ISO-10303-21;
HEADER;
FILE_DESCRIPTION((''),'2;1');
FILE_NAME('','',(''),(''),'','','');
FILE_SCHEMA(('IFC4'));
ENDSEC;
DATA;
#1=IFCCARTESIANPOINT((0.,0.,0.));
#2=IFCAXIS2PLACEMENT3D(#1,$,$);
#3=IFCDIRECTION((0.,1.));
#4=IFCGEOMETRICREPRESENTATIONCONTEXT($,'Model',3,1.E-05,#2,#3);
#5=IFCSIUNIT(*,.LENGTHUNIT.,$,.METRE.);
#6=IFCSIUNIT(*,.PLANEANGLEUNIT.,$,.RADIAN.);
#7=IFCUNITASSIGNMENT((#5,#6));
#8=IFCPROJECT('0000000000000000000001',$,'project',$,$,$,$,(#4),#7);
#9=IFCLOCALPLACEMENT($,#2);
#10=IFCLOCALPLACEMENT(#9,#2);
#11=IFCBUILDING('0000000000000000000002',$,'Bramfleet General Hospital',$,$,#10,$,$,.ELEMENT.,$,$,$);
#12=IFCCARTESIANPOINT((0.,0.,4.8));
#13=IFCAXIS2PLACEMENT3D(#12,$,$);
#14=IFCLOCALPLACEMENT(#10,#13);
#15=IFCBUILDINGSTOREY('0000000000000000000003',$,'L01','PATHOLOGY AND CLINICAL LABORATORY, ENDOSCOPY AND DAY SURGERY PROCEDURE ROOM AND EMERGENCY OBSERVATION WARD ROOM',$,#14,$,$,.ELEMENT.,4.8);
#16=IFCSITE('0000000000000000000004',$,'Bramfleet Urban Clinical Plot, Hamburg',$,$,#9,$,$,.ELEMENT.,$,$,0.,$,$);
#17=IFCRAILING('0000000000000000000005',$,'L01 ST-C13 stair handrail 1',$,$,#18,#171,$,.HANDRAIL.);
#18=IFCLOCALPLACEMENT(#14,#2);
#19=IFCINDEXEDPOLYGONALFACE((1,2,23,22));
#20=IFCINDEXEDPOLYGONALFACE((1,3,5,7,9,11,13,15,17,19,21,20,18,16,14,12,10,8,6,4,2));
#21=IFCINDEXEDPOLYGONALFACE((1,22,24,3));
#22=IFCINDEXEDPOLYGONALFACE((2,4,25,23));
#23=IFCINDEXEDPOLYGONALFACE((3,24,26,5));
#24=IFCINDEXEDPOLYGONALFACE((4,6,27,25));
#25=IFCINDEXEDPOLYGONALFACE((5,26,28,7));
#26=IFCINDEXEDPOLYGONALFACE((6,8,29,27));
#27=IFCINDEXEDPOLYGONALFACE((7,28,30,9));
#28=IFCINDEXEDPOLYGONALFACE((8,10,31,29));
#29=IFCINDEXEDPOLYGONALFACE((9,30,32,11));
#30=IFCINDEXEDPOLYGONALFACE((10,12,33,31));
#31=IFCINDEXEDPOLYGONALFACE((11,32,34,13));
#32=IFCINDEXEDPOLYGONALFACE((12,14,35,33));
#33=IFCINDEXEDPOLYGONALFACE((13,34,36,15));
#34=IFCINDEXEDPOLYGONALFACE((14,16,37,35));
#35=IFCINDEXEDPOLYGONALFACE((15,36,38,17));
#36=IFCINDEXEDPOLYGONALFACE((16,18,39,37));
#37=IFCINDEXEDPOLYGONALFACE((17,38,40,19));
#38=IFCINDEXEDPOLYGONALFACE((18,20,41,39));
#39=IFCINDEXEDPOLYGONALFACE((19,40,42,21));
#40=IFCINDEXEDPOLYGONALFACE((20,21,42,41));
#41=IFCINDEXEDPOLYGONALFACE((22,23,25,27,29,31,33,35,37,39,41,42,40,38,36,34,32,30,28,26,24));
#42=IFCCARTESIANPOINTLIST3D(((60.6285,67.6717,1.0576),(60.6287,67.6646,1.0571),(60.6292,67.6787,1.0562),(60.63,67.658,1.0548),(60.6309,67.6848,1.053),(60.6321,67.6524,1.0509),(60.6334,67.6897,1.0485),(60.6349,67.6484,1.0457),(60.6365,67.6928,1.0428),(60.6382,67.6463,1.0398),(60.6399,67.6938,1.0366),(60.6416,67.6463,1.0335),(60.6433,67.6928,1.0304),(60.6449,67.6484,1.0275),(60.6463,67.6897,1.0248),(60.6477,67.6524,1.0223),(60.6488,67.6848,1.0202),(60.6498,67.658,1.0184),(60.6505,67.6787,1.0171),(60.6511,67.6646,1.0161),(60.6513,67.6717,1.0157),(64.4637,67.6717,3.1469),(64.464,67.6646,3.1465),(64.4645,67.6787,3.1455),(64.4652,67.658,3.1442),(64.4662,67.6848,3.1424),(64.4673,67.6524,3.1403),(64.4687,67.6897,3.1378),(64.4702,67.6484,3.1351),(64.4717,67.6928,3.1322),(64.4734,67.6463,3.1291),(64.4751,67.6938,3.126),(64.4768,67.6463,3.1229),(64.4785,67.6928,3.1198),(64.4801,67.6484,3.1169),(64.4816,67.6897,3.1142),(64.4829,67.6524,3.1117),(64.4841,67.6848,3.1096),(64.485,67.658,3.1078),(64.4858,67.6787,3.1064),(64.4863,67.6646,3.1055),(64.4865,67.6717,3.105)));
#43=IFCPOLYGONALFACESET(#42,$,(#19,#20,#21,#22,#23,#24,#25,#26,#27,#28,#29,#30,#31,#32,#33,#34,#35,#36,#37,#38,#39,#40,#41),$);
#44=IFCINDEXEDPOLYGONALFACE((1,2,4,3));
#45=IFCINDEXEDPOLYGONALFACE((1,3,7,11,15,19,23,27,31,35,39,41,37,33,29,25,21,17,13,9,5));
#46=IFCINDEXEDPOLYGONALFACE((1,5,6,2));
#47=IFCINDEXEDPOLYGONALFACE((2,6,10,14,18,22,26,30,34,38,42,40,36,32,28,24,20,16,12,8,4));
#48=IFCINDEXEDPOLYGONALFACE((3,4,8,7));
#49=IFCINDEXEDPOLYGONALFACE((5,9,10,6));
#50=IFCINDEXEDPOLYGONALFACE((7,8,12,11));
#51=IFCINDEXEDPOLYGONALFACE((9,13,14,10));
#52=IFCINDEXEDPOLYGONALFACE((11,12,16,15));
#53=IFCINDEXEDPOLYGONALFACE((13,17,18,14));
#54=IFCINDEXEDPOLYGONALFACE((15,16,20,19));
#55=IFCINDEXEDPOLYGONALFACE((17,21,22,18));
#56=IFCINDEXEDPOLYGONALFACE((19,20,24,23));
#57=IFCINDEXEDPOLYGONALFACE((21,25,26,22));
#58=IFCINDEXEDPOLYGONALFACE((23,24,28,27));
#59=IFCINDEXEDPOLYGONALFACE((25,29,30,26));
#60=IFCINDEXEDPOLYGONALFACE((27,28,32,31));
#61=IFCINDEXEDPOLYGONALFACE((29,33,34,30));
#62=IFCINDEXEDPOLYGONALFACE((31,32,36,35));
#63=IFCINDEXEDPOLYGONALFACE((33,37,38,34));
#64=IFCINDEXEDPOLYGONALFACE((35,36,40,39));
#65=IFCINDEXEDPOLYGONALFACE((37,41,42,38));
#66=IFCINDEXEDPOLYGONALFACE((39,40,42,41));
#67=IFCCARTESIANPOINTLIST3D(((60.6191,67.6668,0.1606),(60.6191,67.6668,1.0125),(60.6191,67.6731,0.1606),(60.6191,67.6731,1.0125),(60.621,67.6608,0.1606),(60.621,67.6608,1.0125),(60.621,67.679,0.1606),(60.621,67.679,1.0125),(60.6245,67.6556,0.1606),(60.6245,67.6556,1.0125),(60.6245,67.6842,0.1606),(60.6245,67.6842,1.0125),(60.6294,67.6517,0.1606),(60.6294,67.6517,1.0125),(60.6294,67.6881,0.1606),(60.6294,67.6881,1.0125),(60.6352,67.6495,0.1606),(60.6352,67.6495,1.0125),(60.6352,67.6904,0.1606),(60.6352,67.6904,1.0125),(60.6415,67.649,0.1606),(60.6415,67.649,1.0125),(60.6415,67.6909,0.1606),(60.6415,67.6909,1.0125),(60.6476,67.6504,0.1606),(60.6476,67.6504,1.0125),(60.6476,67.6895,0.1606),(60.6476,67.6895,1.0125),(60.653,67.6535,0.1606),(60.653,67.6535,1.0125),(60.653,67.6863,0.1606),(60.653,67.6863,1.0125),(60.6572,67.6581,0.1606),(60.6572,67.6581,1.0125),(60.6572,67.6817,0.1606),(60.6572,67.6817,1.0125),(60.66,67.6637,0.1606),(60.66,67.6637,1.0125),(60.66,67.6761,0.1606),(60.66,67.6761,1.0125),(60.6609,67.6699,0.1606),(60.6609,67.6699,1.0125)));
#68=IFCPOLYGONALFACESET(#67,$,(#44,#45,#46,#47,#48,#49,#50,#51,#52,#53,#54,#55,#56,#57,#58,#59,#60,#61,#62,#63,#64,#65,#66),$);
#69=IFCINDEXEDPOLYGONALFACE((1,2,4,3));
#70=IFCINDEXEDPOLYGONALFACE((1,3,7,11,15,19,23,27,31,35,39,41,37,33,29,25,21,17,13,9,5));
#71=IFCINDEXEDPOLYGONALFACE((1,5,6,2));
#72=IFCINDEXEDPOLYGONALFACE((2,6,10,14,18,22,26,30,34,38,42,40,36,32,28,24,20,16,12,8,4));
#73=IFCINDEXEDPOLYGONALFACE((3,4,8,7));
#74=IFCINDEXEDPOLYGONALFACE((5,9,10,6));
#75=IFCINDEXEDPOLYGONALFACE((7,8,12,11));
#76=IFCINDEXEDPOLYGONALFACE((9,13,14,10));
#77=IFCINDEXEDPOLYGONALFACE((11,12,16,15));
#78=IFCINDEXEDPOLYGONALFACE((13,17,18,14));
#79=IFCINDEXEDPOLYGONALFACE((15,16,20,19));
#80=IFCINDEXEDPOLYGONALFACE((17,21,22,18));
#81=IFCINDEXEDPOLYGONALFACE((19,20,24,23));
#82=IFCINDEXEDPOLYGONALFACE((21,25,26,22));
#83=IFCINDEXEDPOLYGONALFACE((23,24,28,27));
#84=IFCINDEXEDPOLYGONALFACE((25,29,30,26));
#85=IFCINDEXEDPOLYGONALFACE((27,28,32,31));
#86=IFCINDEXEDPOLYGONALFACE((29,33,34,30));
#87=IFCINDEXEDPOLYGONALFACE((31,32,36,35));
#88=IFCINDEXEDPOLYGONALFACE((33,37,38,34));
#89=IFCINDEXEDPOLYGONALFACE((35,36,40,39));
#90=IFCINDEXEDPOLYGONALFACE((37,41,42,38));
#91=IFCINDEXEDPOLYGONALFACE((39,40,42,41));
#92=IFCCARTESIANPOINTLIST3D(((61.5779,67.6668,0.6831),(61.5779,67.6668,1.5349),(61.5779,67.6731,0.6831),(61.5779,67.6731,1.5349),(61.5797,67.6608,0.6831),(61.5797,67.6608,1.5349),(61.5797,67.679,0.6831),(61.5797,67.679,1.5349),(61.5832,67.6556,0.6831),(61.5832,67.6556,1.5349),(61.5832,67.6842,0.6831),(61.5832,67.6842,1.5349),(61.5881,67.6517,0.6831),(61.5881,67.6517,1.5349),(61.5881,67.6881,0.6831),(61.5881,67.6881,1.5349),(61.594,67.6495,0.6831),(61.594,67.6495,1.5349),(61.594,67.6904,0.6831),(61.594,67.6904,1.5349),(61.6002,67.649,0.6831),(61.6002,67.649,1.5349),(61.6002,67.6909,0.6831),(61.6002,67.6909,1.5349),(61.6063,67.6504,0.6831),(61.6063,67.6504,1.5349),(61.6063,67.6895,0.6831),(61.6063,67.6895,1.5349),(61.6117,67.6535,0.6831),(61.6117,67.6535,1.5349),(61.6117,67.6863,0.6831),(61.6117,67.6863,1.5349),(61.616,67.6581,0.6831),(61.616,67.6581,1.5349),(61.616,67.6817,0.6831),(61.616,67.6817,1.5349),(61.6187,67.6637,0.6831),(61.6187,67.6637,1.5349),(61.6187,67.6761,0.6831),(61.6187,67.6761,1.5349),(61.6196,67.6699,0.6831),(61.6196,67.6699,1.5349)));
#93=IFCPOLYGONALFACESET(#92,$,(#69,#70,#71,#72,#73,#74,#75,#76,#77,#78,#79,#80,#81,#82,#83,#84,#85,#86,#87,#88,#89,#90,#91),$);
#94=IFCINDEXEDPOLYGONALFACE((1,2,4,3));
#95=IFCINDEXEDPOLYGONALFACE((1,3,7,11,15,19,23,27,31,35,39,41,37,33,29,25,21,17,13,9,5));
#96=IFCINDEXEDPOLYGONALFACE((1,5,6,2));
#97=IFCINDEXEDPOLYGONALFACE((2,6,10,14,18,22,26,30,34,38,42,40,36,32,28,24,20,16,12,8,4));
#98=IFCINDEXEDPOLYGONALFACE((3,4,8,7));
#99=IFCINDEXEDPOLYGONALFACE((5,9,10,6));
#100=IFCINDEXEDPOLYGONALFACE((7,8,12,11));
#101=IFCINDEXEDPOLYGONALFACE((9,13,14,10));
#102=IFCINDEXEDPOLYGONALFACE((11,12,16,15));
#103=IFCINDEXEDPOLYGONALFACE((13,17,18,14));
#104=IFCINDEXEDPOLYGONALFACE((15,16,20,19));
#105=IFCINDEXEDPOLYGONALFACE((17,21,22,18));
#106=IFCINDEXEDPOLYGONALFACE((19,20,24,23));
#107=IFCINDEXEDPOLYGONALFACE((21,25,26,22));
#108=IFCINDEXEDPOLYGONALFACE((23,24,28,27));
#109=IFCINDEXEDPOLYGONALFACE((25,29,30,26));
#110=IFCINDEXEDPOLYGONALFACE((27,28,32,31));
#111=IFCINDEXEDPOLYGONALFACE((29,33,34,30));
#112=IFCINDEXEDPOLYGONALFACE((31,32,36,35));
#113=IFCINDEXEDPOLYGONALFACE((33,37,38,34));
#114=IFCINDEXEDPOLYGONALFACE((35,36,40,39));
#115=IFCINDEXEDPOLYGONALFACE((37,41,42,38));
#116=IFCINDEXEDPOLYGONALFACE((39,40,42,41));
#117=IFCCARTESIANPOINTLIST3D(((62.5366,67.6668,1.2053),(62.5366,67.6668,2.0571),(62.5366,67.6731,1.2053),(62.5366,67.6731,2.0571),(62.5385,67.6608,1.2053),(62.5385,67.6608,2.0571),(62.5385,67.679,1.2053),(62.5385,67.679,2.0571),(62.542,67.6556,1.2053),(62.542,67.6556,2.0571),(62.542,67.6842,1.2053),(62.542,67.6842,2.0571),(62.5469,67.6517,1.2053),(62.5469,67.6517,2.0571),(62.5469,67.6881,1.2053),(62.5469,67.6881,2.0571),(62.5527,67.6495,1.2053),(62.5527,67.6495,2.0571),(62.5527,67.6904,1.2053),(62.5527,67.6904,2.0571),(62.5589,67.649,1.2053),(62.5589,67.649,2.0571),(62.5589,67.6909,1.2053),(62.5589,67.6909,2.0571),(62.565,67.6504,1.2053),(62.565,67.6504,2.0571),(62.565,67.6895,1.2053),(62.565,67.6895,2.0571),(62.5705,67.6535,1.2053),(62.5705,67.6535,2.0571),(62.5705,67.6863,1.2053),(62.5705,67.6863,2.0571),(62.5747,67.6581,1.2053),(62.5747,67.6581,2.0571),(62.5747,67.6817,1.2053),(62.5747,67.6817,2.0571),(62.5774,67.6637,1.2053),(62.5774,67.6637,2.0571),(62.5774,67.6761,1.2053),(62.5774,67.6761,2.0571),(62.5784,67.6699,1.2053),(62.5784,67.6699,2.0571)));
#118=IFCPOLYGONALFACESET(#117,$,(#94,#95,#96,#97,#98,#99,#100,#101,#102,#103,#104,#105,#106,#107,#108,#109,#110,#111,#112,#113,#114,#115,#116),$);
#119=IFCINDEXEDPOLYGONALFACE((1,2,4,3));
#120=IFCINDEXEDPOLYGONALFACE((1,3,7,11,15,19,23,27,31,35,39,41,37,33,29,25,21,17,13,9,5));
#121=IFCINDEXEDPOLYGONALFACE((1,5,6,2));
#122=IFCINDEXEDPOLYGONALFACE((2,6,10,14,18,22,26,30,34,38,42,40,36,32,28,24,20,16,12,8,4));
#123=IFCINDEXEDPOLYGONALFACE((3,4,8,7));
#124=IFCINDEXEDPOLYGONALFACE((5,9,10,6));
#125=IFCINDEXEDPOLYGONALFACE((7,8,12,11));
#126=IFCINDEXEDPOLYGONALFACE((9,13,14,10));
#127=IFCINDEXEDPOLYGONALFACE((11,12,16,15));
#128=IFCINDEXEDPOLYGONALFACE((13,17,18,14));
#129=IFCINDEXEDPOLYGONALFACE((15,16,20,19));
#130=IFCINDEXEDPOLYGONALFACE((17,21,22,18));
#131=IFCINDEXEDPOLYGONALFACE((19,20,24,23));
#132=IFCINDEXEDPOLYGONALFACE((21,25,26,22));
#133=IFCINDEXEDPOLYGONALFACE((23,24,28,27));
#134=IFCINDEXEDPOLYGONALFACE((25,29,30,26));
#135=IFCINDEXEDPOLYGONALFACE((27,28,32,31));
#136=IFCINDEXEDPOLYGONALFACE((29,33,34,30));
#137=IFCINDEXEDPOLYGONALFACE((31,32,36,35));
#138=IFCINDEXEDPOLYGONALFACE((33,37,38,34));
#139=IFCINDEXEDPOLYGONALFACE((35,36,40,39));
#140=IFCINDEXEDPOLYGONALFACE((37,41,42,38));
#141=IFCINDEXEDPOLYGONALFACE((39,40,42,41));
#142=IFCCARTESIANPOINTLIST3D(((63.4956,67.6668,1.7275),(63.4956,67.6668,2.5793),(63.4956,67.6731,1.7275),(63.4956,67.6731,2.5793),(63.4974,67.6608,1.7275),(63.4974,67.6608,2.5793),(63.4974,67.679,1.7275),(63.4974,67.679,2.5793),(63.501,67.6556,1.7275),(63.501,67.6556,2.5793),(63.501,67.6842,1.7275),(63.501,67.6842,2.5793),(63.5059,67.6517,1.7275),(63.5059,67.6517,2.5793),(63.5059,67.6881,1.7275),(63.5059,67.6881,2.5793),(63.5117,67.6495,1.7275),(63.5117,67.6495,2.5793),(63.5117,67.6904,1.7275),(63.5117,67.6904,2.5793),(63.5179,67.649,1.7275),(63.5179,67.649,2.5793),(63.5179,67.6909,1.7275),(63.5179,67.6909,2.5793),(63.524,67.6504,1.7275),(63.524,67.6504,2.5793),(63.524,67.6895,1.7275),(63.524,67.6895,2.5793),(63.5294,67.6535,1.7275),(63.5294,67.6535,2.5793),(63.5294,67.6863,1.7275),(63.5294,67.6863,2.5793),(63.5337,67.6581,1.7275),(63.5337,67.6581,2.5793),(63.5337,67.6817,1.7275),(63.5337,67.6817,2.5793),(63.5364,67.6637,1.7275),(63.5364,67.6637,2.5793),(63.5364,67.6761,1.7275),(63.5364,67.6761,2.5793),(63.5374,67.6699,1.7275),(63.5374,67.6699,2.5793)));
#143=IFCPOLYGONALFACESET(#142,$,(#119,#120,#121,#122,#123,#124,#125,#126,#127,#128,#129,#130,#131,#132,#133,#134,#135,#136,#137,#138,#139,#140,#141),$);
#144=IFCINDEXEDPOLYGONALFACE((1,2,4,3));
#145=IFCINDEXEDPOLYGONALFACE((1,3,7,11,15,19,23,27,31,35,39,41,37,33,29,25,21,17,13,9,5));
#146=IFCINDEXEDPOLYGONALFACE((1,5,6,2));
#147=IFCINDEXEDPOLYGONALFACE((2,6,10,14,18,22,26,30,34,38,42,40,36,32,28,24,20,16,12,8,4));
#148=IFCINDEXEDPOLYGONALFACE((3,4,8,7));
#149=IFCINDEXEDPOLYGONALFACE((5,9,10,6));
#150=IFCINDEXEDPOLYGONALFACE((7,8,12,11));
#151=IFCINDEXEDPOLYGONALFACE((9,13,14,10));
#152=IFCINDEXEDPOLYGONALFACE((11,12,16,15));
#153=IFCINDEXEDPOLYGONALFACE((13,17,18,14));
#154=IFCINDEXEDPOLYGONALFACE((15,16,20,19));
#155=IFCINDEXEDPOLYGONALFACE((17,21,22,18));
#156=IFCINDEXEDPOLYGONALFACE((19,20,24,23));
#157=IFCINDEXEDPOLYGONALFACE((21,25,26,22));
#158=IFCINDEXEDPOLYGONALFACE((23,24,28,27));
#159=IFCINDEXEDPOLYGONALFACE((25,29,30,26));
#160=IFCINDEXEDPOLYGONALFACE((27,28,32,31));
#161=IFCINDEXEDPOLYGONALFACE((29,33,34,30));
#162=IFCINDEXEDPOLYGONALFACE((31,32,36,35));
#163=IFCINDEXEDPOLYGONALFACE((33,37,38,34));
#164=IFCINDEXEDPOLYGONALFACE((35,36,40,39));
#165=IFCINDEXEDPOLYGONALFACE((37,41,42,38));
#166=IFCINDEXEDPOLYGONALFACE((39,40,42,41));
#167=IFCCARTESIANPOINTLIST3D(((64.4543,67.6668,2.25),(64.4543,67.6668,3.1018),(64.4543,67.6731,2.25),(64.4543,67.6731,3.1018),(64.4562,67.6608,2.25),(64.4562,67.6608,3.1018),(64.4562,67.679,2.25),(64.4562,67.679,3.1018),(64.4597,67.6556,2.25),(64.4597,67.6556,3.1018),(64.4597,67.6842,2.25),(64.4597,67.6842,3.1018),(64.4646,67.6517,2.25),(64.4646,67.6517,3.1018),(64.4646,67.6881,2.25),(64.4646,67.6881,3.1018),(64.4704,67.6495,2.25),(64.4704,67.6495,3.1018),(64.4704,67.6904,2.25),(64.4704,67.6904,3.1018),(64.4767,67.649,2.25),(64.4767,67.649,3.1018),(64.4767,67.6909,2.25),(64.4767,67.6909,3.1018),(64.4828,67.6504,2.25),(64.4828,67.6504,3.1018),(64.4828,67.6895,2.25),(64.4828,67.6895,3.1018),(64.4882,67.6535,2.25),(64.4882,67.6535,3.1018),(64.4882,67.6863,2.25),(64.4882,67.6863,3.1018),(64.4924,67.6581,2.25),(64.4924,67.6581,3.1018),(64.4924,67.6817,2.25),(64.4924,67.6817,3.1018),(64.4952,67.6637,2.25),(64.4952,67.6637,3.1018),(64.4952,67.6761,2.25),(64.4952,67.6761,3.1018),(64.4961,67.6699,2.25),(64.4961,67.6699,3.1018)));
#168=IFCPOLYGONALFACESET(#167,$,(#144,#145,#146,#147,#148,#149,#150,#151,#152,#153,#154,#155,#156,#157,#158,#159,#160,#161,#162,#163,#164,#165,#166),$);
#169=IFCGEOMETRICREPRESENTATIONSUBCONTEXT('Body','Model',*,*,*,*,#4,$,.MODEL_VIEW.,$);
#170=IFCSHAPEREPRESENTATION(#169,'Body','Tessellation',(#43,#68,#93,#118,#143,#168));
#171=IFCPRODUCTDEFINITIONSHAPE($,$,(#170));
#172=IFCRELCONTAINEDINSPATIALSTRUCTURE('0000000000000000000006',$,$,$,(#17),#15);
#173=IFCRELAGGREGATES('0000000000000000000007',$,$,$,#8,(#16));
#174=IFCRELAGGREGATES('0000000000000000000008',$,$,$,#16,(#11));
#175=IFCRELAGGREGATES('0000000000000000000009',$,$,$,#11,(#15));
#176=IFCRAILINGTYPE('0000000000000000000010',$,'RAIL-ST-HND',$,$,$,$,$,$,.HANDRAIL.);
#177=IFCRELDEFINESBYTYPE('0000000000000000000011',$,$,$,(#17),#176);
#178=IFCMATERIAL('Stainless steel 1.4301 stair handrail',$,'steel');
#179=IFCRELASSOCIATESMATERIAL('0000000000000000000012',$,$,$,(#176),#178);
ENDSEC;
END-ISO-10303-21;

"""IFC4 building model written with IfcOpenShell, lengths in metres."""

from ifc_helpers import new_model, si_unit, direction, frame, origin, origin_2d, place, context, subcontext, project, spatial, circle, extrude, material, type_object, element, save


model = new_model("IFC4")

# Units and contexts
model_context = context("Model", 3, precision=1e-05, world=origin(), true_north=direction((0.0, 1.0)))
body_context = subcontext(model_context, "Body", "Model", "MODEL_VIEW")
ifc_project = project(units=[si_unit("LENGTHUNIT", "METRE"), si_unit("PLANEANGLEUNIT", "RADIAN")], contexts=[model_context])

# Site, building, storey
site_placement = place(None, origin())
site = spatial("IfcSite", under=ifc_project, at=site_placement, Name="Bramfleet Urban Clinical Plot, Hamburg", CompositionType="ELEMENT", RefElevation=0.0)
building_placement = place(site_placement, origin())
building = spatial("IfcBuilding", under=site, at=building_placement, Name="Bramfleet General Hospital", CompositionType="ELEMENT")
storey_placement = place(building_placement, frame((0.0, 0.0, 4.8)))
storey = spatial("IfcBuildingStorey", under=building, at=storey_placement, Name="L01", Description="PATHOLOGY AND CLINICAL LABORATORY, ENDOSCOPY AND DAY SURGERY PROCEDURE ROOM AND EMERGENCY OBSERVATION WARD ROOM", CompositionType="ELEMENT", Elevation=4.8)

# Railing
ifc_material_1 = material(Name="Stainless steel 1.4301 stair handrail", Category="steel")
railing_type_1 = type_object("IfcRailingType", Name="RAIL-ST-HND", PredefinedType="HANDRAIL", material=ifc_material_1)
railing_1_placement = place(storey_placement, frame((60.6399, 67.6699, 0.1606)))
element("IfcRailing", 1, at=railing_1_placement, inside=storey, type_object=railing_type_1, Name="L01 ST-C13 stair handrail 1", PredefinedType="HANDRAIL", context=body_context, shape_type="SweptSolid", body=[
    extrude(circle(Radius=0.0239, at=origin_2d()), frame((0.0, 0.0, 0.876), z_axis=(0.878143, 0.0, 0.478398), x_axis=(0.0, 1.0, 0.0)), (0.0, 0.0, 1.0), 4.3674),
    extrude(circle(Radius=0.021, at=origin_2d()), origin(), (0.0, 0.0, 1.0), 0.8518),
    extrude(circle(Radius=0.021, at=origin_2d()), frame((0.9587, 0.0, 0.5225)), (0.0, 0.0, 1.0), 0.8518),
    extrude(circle(Radius=0.021, at=origin_2d()), frame((1.9175, 0.0, 1.0447)), (0.0, 0.0, 1.0), 0.8518),
    extrude(circle(Radius=0.021, at=origin_2d()), frame((2.8765, 0.0, 1.5669)), (0.0, 0.0, 1.0), 0.8518),
    extrude(circle(Radius=0.021, at=origin_2d()), frame((3.8352, 0.0, 2.0894)), (0.0, 0.0, 1.0), 0.8518),
])

save(model, "model.ifc")
